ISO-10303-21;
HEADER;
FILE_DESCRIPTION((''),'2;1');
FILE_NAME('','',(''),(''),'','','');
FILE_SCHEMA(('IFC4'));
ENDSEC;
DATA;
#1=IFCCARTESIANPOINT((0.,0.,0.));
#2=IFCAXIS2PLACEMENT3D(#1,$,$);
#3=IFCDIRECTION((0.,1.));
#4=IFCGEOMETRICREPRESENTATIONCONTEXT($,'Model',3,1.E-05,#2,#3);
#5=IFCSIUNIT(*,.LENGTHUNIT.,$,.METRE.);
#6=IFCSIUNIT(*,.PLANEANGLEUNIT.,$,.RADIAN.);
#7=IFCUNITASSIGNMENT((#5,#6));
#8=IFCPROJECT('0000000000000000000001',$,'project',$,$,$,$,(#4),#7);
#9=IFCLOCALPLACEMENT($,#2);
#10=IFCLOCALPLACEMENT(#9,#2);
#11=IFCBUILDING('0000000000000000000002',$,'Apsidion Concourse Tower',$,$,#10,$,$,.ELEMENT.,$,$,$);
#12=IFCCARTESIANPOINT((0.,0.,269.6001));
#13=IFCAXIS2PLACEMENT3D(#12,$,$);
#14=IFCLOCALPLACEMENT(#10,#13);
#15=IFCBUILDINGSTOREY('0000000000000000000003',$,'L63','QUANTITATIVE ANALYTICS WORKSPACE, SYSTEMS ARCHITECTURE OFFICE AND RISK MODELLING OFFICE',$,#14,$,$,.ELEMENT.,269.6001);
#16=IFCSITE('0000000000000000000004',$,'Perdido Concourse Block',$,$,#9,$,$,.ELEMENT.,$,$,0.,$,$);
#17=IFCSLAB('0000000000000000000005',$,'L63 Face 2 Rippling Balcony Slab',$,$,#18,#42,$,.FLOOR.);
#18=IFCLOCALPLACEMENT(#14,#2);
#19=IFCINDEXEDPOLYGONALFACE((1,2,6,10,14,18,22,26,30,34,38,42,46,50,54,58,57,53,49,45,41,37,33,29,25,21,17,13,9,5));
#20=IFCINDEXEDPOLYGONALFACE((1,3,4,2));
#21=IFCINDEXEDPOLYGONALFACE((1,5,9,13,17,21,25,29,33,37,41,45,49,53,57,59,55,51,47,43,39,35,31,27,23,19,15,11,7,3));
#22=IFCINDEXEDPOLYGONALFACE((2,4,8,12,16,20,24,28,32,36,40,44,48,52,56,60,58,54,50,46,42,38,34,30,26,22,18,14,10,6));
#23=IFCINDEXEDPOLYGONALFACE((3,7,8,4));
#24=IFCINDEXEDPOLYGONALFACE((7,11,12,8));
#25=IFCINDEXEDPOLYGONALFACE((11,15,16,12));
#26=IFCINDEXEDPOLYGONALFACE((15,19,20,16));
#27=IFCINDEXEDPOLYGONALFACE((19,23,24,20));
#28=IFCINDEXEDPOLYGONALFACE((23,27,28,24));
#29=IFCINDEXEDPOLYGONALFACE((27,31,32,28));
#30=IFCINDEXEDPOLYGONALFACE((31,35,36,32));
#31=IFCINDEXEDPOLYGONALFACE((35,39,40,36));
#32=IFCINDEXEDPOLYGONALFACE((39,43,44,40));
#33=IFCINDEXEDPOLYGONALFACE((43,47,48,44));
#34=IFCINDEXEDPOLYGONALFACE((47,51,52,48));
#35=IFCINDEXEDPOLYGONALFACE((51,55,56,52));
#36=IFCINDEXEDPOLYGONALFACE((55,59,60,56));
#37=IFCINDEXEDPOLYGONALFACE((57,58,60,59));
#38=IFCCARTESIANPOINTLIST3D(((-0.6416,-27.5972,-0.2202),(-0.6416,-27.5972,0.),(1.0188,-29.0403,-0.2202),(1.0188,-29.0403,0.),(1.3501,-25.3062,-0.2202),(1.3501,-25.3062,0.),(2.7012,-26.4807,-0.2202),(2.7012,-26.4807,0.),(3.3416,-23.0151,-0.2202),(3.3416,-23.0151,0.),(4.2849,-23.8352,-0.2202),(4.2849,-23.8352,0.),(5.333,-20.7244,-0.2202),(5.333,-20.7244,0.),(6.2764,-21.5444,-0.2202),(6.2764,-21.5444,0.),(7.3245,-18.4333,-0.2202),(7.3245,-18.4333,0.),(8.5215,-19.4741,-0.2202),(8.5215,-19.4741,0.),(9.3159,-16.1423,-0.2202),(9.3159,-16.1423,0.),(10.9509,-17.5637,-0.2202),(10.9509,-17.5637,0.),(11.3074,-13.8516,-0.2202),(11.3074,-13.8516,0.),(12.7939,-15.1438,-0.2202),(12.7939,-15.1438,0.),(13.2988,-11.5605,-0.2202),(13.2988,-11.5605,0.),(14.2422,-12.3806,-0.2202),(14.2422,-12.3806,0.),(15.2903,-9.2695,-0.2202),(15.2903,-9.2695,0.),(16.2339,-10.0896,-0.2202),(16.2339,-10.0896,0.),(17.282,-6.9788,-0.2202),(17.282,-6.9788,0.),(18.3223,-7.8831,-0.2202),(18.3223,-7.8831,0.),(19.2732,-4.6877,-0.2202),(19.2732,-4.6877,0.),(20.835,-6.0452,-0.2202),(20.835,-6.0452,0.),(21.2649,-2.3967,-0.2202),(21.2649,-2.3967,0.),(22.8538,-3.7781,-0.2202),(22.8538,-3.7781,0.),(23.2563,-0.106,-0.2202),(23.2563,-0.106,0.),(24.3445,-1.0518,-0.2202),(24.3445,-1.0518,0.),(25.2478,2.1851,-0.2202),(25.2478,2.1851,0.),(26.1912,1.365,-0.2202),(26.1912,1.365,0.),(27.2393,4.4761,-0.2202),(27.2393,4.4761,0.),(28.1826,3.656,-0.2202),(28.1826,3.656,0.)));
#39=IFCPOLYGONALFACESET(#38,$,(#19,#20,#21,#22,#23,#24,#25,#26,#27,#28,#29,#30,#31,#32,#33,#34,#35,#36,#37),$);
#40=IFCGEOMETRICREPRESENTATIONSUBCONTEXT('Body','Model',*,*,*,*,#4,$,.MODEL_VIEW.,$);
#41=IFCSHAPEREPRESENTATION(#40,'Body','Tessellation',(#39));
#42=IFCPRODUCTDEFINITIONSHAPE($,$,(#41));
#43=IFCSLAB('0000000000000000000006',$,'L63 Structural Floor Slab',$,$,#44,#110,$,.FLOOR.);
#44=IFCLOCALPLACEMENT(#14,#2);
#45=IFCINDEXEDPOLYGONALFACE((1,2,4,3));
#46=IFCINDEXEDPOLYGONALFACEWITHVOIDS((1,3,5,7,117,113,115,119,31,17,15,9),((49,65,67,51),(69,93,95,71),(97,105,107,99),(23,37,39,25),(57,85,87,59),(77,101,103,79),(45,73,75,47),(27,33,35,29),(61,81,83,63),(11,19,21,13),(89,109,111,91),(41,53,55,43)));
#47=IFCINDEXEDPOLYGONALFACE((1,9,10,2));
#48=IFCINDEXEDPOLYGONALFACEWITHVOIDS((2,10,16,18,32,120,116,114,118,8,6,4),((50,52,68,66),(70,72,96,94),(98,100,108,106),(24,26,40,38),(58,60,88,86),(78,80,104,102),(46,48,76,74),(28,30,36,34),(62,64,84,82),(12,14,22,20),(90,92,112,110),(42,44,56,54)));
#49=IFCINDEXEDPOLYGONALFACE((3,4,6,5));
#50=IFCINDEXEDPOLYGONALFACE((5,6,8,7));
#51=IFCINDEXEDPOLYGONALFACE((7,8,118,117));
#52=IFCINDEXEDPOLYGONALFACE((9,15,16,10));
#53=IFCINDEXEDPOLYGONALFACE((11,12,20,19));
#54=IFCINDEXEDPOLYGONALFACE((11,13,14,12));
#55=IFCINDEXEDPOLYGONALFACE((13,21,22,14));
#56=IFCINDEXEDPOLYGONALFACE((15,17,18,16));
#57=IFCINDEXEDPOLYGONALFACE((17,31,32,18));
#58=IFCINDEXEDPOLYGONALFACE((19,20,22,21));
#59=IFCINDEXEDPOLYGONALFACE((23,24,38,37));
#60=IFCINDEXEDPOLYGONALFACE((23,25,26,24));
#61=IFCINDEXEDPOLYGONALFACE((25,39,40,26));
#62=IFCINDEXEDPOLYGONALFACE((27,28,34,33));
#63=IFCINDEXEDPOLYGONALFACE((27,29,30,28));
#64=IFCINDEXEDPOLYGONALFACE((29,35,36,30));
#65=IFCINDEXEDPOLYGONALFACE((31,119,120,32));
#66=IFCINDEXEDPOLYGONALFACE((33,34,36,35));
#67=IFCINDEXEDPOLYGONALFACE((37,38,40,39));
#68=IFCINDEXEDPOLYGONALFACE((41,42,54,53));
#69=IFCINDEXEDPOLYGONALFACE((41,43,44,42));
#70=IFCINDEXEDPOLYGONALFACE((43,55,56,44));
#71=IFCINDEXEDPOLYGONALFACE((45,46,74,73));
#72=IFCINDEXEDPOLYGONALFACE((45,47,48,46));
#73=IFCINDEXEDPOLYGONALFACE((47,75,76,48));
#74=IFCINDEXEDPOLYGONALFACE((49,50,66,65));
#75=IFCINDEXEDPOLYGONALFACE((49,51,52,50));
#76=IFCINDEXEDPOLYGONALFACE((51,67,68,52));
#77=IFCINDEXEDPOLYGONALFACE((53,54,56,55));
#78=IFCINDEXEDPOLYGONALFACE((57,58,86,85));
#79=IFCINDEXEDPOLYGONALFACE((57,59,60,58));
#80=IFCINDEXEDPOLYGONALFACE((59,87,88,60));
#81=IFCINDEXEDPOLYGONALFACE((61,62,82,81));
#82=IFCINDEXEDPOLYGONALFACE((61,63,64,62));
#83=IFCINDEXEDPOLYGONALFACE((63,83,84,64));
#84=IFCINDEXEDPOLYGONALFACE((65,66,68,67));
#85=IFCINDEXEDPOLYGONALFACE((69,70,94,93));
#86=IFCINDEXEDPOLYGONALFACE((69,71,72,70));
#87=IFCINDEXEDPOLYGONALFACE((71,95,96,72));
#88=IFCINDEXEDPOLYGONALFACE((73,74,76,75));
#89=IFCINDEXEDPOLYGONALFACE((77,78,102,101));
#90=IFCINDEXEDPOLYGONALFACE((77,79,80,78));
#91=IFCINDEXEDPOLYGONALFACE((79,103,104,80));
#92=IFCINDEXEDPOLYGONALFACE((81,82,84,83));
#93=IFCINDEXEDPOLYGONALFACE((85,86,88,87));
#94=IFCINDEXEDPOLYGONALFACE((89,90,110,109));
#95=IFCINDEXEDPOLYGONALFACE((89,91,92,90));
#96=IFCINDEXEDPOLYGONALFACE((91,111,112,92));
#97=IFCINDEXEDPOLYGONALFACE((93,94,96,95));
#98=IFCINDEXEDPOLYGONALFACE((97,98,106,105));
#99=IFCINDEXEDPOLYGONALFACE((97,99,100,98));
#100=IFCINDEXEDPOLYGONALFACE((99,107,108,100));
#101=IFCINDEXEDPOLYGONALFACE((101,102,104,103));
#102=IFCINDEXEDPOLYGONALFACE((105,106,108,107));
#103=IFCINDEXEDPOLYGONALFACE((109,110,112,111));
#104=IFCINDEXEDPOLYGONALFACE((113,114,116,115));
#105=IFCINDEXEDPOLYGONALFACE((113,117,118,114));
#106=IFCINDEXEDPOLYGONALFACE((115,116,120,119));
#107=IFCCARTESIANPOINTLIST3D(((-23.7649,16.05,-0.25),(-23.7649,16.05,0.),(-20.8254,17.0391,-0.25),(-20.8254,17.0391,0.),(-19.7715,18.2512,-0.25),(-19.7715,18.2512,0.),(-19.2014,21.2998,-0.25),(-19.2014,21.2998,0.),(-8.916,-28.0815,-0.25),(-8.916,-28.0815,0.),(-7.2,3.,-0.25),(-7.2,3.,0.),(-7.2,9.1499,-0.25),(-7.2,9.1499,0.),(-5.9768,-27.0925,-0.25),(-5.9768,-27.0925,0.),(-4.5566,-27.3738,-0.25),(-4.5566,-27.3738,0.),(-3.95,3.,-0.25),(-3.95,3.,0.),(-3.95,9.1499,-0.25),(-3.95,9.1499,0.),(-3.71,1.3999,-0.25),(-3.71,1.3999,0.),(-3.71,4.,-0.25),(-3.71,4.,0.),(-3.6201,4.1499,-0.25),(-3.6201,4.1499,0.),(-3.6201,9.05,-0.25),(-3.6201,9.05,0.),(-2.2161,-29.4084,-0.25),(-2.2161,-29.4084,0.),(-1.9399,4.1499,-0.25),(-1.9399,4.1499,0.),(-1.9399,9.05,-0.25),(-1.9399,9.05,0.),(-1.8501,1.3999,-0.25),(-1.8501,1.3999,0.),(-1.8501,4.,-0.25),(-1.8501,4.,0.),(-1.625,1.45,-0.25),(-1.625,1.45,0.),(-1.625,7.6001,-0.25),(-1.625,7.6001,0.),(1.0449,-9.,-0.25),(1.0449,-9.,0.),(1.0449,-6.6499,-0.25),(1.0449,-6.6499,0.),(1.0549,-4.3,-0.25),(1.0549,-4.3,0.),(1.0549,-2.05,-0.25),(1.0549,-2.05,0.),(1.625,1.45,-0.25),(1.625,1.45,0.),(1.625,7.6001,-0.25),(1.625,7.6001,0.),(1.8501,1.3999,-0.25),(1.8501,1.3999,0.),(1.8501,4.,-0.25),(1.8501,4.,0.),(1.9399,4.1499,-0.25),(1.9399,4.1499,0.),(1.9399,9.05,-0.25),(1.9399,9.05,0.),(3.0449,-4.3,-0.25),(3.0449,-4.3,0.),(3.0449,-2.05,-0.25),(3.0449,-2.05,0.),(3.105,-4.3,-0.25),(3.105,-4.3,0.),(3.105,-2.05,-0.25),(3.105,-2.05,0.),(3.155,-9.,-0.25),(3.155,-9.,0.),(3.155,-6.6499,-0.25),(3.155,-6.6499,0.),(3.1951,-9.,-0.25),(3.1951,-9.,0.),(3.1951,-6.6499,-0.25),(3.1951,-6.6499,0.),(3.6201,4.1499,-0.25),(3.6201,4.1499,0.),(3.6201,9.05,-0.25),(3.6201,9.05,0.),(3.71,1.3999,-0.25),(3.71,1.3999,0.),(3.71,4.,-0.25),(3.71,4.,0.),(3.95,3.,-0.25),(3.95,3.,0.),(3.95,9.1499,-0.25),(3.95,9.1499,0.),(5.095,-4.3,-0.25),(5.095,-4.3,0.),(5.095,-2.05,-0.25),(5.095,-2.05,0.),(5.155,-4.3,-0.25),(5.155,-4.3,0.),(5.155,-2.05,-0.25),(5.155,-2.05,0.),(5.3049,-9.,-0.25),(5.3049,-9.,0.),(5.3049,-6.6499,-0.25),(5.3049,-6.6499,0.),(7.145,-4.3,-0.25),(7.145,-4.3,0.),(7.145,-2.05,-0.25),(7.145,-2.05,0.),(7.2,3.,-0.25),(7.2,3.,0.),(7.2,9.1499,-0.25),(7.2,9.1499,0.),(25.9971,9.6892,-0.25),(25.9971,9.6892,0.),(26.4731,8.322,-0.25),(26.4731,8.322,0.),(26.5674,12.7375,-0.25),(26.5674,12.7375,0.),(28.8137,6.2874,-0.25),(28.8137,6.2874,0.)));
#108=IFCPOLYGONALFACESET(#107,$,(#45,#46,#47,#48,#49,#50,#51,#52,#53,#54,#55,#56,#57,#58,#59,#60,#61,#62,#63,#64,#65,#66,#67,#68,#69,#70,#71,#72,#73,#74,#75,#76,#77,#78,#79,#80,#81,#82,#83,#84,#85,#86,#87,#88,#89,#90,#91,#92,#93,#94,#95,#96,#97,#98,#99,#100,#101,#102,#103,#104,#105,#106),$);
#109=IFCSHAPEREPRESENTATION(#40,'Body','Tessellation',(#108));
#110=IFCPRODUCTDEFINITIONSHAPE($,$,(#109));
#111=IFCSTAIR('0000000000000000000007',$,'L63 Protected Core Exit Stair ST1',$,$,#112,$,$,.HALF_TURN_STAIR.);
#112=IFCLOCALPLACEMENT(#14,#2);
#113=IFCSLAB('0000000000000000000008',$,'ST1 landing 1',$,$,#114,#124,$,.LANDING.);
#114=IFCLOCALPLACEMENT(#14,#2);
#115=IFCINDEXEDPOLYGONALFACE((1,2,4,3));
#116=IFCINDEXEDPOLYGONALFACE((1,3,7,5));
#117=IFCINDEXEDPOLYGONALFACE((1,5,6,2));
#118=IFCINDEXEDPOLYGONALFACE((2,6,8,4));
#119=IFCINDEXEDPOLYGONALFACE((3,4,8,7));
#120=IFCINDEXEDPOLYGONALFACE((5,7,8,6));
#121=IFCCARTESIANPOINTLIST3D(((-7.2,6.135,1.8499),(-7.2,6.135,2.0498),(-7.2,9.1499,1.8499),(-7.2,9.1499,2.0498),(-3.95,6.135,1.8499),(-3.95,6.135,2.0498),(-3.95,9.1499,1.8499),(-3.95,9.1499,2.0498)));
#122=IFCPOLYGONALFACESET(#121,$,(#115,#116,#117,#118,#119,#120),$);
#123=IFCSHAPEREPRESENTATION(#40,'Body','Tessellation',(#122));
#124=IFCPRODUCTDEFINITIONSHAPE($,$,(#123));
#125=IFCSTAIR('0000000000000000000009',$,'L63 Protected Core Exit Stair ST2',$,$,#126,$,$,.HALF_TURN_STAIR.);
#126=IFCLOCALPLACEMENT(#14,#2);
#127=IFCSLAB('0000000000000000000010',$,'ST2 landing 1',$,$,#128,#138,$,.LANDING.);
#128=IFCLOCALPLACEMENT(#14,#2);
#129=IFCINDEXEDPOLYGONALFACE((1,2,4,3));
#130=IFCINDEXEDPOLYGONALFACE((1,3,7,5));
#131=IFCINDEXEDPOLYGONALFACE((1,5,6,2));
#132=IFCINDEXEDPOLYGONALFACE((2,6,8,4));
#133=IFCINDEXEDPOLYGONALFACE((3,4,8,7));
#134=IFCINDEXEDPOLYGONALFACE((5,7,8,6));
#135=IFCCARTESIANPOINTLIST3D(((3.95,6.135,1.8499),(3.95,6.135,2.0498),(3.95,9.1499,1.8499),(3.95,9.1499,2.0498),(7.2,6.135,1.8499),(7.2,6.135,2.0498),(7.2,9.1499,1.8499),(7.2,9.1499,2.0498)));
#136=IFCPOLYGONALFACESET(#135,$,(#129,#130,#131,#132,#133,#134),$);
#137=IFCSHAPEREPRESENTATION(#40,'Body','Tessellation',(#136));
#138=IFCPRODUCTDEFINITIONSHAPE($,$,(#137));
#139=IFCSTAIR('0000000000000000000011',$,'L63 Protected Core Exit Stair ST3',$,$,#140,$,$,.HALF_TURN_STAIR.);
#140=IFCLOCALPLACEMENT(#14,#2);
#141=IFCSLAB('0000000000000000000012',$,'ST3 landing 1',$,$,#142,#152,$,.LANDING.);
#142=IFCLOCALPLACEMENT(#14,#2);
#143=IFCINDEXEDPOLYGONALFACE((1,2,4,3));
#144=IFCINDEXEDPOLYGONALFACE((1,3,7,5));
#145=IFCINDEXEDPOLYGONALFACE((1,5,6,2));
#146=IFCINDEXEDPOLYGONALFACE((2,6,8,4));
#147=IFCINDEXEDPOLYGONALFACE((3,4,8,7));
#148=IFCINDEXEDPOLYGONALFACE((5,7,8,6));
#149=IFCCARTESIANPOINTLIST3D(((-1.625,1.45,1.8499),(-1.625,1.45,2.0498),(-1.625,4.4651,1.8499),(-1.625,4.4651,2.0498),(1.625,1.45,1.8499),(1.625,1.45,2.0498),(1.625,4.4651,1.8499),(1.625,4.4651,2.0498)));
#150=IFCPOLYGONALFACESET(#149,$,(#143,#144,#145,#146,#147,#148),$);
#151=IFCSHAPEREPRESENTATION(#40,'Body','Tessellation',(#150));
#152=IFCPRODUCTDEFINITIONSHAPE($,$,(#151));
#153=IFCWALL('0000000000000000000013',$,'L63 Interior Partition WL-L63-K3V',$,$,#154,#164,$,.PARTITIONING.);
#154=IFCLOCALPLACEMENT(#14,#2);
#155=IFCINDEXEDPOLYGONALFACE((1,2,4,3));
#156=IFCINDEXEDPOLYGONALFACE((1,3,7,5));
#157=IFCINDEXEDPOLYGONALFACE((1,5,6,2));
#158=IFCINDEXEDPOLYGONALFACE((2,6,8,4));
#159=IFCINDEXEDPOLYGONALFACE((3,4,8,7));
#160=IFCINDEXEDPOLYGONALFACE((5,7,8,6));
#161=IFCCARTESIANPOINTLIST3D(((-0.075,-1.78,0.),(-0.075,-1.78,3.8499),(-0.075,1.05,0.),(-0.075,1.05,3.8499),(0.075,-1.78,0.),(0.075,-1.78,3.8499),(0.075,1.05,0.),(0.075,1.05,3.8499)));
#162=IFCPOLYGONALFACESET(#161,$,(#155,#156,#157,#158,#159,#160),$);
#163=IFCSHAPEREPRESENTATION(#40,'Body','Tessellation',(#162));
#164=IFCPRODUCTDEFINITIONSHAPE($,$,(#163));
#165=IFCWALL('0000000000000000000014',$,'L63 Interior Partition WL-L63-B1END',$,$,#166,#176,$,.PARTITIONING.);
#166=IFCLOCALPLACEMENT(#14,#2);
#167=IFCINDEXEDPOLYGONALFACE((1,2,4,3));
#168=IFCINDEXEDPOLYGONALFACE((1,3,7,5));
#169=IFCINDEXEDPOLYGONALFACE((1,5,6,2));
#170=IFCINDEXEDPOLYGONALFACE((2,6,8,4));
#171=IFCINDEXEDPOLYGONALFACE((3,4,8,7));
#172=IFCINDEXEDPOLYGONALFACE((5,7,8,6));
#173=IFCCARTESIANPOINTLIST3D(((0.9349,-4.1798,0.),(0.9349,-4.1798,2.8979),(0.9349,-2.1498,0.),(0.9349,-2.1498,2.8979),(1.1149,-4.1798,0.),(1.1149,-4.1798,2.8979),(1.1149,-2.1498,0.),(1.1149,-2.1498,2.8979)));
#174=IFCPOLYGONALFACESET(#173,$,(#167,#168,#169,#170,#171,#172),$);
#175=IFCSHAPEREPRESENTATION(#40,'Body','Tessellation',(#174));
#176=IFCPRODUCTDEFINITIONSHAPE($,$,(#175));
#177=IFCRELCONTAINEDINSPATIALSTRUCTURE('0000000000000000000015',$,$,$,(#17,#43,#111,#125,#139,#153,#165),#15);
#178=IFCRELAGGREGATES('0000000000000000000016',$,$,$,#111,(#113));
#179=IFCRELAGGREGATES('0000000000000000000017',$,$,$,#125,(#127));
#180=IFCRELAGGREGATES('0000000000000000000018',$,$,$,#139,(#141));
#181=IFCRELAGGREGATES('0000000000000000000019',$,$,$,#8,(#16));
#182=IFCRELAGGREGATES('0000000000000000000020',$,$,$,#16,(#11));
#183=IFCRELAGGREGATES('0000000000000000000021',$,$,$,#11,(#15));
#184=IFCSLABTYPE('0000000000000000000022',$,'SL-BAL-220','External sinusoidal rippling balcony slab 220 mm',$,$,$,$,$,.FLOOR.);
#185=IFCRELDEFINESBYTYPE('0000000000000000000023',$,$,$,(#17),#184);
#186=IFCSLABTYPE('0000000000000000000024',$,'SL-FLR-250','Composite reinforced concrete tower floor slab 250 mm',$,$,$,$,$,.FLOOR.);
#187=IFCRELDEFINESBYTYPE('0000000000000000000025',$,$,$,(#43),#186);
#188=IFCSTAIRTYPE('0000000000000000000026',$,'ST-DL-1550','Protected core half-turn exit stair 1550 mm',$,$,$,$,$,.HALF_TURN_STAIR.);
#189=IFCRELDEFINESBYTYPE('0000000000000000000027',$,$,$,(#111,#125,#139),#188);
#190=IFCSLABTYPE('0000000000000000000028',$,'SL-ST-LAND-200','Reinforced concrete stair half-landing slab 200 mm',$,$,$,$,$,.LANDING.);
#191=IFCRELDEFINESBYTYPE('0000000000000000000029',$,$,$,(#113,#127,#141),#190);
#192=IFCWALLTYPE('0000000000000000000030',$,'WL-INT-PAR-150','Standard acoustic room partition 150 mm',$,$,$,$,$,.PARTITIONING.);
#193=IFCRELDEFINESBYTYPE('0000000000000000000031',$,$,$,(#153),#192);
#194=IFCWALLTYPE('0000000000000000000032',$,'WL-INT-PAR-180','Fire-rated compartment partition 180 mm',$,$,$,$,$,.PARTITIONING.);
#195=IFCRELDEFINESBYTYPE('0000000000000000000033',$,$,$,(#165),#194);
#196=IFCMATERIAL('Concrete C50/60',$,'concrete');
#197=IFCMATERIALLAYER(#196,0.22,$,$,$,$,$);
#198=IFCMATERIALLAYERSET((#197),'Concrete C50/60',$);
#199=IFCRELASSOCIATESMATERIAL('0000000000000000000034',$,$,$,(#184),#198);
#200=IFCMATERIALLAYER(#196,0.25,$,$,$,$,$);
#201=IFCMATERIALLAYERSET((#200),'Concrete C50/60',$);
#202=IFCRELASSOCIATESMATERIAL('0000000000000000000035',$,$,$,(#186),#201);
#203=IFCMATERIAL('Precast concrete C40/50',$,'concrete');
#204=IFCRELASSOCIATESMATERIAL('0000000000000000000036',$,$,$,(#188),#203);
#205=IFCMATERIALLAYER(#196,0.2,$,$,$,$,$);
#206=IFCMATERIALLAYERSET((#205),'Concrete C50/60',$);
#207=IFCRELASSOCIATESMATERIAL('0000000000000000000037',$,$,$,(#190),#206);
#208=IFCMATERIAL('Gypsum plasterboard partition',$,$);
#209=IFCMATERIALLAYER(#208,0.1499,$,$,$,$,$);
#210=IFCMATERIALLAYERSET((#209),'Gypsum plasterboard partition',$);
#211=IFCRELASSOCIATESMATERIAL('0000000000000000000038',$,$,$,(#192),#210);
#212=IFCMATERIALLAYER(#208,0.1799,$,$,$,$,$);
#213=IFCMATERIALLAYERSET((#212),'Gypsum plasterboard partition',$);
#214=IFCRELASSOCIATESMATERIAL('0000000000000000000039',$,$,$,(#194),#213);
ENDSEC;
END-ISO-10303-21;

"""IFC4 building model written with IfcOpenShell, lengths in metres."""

from ifc_helpers import new_model, si_unit, direction, frame, frame_2d, origin, place, context, subcontext, project, spatial, polyline, rectangle, outline, extrude, material, layer, layer_set, type_object, element, aggregate, save


model = new_model("IFC4")

# Units and contexts
model_context = context("Model", 3, precision=1e-05, world=origin(), true_north=direction((0.0, 1.0)))
body_context = subcontext(model_context, "Body", "Model", "MODEL_VIEW")
ifc_project = project(units=[si_unit("LENGTHUNIT", "METRE"), si_unit("PLANEANGLEUNIT", "RADIAN")], contexts=[model_context])

# Site, building, storey
site_placement = place(None, origin())
site = spatial("IfcSite", under=ifc_project, at=site_placement, Name="Perdido Concourse Block", CompositionType="ELEMENT", RefElevation=0.0)
building_placement = place(site_placement, origin())
building = spatial("IfcBuilding", under=site, at=building_placement, Name="Apsidion Concourse Tower", CompositionType="ELEMENT")
storey_placement = place(building_placement, frame((0.0, 0.0, 269.6001)))
storey = spatial("IfcBuildingStorey", under=building, at=storey_placement, Name="L63", Description="QUANTITATIVE ANALYTICS WORKSPACE, SYSTEMS ARCHITECTURE OFFICE AND RISK MODELLING OFFICE", CompositionType="ELEMENT", Elevation=269.6001)

# Shared definitions
ifc_material_1 = material(Name="Concrete C50/60", Category="concrete")

# Slabs
ifc_layer_1 = layer(ifc_material_1, 0.22)
ifc_layer_set_1 = layer_set([ifc_layer_1], Name="Concrete C50/60")
slab_type_1 = type_object("IfcSlabType", Name="SL-BAL-220", Description="External sinusoidal rippling balcony slab 220 mm", PredefinedType="FLOOR", material=ifc_layer_set_1)
slab_1_placement = place(storey_placement, frame((0.0, 0.0, -0.2202)))
element("IfcSlab", 1, at=slab_1_placement, inside=storey, type_object=slab_type_1, Name="L63 Face 2 Rippling Balcony Slab", PredefinedType="FLOOR", context=body_context, shape_type="SweptSolid", body=[
    extrude(outline(polyline([(-0.6416, -27.5972), (1.3501, -25.3062), (3.3416, -23.0151), (5.333, -20.7244), (7.3245, -18.4333), (9.3159, -16.1423), (11.3074, -13.8516), (13.2988, -11.5605), (15.2903, -9.2695), (17.282, -6.9788), (19.2732, -4.6877), (21.2649, -2.3967), (23.2563, -0.106), (25.2478, 2.1851), (27.2393, 4.4761), (28.1826, 3.656), (26.1912, 1.365), (24.3445, -1.0518), (22.8538, -3.7781), (20.835, -6.0452), (18.3223, -7.8831), (16.2339, -10.0896), (14.2422, -12.3806), (12.7939, -15.1438), (10.9509, -17.5637), (8.5215, -19.4741), (6.2764, -21.5444), (4.2849, -23.8352), (2.7012, -26.4807), (1.0188, -29.0403), (-0.6416, -27.5972)])), origin(), (0.0, 0.0, 1.0), 0.2202),
])
ifc_layer_2 = layer(ifc_material_1, 0.25)
ifc_layer_set_2 = layer_set([ifc_layer_2], Name="Concrete C50/60")
slab_type_2 = type_object("IfcSlabType", Name="SL-FLR-250", Description="Composite reinforced concrete tower floor slab 250 mm", PredefinedType="FLOOR", material=ifc_layer_set_2)
slab_2_placement = place(storey_placement, frame((0.0, 0.0, -0.25)))
element("IfcSlab", 2, at=slab_2_placement, inside=storey, type_object=slab_type_2, Name="L63 Structural Floor Slab", PredefinedType="FLOOR", context=body_context, shape_type="SweptSolid", body=[
    extrude(outline(polyline([(-19.2014, 21.2998), (-19.7715, 18.2512), (-20.8254, 17.0391), (-23.7649, 16.05), (-8.916, -28.0815), (-5.9768, -27.0925), (-4.5566, -27.3738), (-2.2161, -29.4084), (28.8137, 6.2874), (26.4731, 8.322), (25.9971, 9.6892), (26.5674, 12.7375), (-19.2014, 21.2998)]), holes=[polyline([(-3.95, 3.0), (-3.95, 9.1499), (-7.2, 9.1499), (-7.2, 3.0), (-3.95, 3.0)]), polyline([(7.2, 3.0), (7.2, 9.1499), (3.95, 9.1499), (3.95, 3.0), (7.2, 3.0)]), polyline([(-1.625, 7.6001), (-1.625, 1.45), (1.625, 1.45), (1.625, 7.6001), (-1.625, 7.6001)]), polyline([(1.0549, -4.3), (3.0449, -4.3), (3.0449, -2.05), (1.0549, -2.05), (1.0549, -4.3)]), polyline([(3.105, -4.3), (5.095, -4.3), (5.095, -2.05), (3.105, -2.05), (3.105, -4.3)]), polyline([(5.155, -4.3), (7.145, -4.3), (7.145, -2.05), (5.155, -2.05), (5.155, -4.3)]), polyline([(1.0449, -9.0), (3.155, -9.0), (3.155, -6.6499), (1.0449, -6.6499), (1.0449, -9.0)]), polyline([(3.1951, -9.0), (5.3049, -9.0), (5.3049, -6.6499), (3.1951, -6.6499), (3.1951, -9.0)]), polyline([(-3.71, 1.3999), (-1.8501, 1.3999), (-1.8501, 4.0), (-3.71, 4.0), (-3.71, 1.3999)]), polyline([(1.8501, 1.3999), (3.71, 1.3999), (3.71, 4.0), (1.8501, 4.0), (1.8501, 1.3999)]), polyline([(-3.6201, 4.1499), (-1.9399, 4.1499), (-1.9399, 9.05), (-3.6201, 9.05), (-3.6201, 4.1499)]), polyline([(1.9399, 4.1499), (3.6201, 4.1499), (3.6201, 9.05), (1.9399, 9.05), (1.9399, 4.1499)])]), origin(), (0.0, 0.0, 1.0), 0.25),
])

# Stairs, slabs
ifc_material_2 = material(Name="Precast concrete C40/50", Category="concrete")
stair_type = type_object("IfcStairType", Name="ST-DL-1550", Description="Protected core half-turn exit stair 1550 mm", PredefinedType="HALF_TURN_STAIR", material=ifc_material_2)
stair_1_placement = place(storey_placement, origin())
stair_1 = element("IfcStair", 3, at=stair_1_placement, inside=storey, type_object=stair_type, Name="L63 Protected Core Exit Stair ST1", PredefinedType="HALF_TURN_STAIR")
ifc_layer_3 = layer(ifc_material_1, 0.2)
ifc_layer_set_3 = layer_set([ifc_layer_3], Name="Concrete C50/60")
slab_type_3 = type_object("IfcSlabType", Name="SL-ST-LAND-200", Description="Reinforced concrete stair half-landing slab 200 mm", PredefinedType="LANDING", material=ifc_layer_set_3)
slab_3_placement = place(storey_placement, frame((0.0, 0.0, 1.8499)))
slab_3 = element("IfcSlab", 4, at=slab_3_placement, type_object=slab_type_3, Name="ST1 landing 1", PredefinedType="LANDING", context=body_context, shape_type="SweptSolid", body=[
    extrude(outline(polyline([(-3.95, 6.135), (-3.95, 9.1499), (-7.2, 9.1499), (-7.2, 6.135), (-3.95, 6.135)])), origin(), (0.0, 0.0, 1.0), 0.2),
])
aggregate(stair_1, [slab_3])
stair_2_placement = place(storey_placement, origin())
stair_2 = element("IfcStair", 5, at=stair_2_placement, inside=storey, type_object=stair_type, Name="L63 Protected Core Exit Stair ST2", PredefinedType="HALF_TURN_STAIR")
slab_4_placement = place(storey_placement, frame((0.0, 0.0, 1.8499)))
slab_4 = element("IfcSlab", 6, at=slab_4_placement, type_object=slab_type_3, Name="ST2 landing 1", PredefinedType="LANDING", context=body_context, shape_type="SweptSolid", body=[
    extrude(outline(polyline([(7.2, 6.135), (7.2, 9.1499), (3.95, 9.1499), (3.95, 6.135), (7.2, 6.135)])), origin(), (0.0, 0.0, 1.0), 0.2),
])
aggregate(stair_2, [slab_4])
stair_3_placement = place(storey_placement, origin())
stair_3 = element("IfcStair", 7, at=stair_3_placement, inside=storey, type_object=stair_type, Name="L63 Protected Core Exit Stair ST3", PredefinedType="HALF_TURN_STAIR")
slab_5_placement = place(storey_placement, frame((0.0, 0.0, 1.8499)))
slab_5 = element("IfcSlab", 8, at=slab_5_placement, type_object=slab_type_3, Name="ST3 landing 1", PredefinedType="LANDING", context=body_context, shape_type="SweptSolid", body=[
    extrude(outline(polyline([(-1.625, 4.4651), (-1.625, 1.45), (1.625, 1.45), (1.625, 4.4651), (-1.625, 4.4651)])), origin(), (0.0, 0.0, 1.0), 0.2),
])
aggregate(stair_3, [slab_5])

# Walls
ifc_material_3 = material(Name="Gypsum plasterboard partition")
ifc_layer_4 = layer(ifc_material_3, 0.1499)
ifc_layer_set_4 = layer_set([ifc_layer_4], Name="Gypsum plasterboard partition")
wall_type_1 = type_object("IfcWallType", Name="WL-INT-PAR-150", Description="Standard acoustic room partition 150 mm", PredefinedType="PARTITIONING", material=ifc_layer_set_4)
wall_1_placement = place(storey_placement, frame((0.0, -1.78, 0.0), z_axis=(0.0, 0.0, 1.0), x_axis=(0.0, 1.0, 0.0)))
element("IfcWall", 9, at=wall_1_placement, inside=storey, type_object=wall_type_1, Name="L63 Interior Partition WL-L63-K3V", PredefinedType="PARTITIONING", context=body_context, shape_type="SweptSolid", body=[
    extrude(rectangle(XDim=2.8301, YDim=0.1499, at=frame_2d((1.415, 0.0))), origin(), (0.0, 0.0, 1.0), 3.8499),
])
ifc_layer_5 = layer(ifc_material_3, 0.1799)
ifc_layer_set_5 = layer_set([ifc_layer_5], Name="Gypsum plasterboard partition")
wall_type_2 = type_object("IfcWallType", Name="WL-INT-PAR-180", Description="Fire-rated compartment partition 180 mm", PredefinedType="PARTITIONING", material=ifc_layer_set_5)
wall_2_placement = place(storey_placement, frame((1.0249, -4.1799, 0.0), z_axis=(0.0, 0.0, 1.0), x_axis=(0.0, 1.0, 0.0)))
element("IfcWall", 10, at=wall_2_placement, inside=storey, type_object=wall_type_2, Name="L63 Interior Partition WL-L63-B1END", PredefinedType="PARTITIONING", context=body_context, shape_type="SweptSolid", body=[
    extrude(rectangle(XDim=2.03, YDim=0.1799, at=frame_2d((1.0151, 0.0))), origin(), (0.0, 0.0, 1.0), 2.8979),
])

save(model, "model.ifc")
